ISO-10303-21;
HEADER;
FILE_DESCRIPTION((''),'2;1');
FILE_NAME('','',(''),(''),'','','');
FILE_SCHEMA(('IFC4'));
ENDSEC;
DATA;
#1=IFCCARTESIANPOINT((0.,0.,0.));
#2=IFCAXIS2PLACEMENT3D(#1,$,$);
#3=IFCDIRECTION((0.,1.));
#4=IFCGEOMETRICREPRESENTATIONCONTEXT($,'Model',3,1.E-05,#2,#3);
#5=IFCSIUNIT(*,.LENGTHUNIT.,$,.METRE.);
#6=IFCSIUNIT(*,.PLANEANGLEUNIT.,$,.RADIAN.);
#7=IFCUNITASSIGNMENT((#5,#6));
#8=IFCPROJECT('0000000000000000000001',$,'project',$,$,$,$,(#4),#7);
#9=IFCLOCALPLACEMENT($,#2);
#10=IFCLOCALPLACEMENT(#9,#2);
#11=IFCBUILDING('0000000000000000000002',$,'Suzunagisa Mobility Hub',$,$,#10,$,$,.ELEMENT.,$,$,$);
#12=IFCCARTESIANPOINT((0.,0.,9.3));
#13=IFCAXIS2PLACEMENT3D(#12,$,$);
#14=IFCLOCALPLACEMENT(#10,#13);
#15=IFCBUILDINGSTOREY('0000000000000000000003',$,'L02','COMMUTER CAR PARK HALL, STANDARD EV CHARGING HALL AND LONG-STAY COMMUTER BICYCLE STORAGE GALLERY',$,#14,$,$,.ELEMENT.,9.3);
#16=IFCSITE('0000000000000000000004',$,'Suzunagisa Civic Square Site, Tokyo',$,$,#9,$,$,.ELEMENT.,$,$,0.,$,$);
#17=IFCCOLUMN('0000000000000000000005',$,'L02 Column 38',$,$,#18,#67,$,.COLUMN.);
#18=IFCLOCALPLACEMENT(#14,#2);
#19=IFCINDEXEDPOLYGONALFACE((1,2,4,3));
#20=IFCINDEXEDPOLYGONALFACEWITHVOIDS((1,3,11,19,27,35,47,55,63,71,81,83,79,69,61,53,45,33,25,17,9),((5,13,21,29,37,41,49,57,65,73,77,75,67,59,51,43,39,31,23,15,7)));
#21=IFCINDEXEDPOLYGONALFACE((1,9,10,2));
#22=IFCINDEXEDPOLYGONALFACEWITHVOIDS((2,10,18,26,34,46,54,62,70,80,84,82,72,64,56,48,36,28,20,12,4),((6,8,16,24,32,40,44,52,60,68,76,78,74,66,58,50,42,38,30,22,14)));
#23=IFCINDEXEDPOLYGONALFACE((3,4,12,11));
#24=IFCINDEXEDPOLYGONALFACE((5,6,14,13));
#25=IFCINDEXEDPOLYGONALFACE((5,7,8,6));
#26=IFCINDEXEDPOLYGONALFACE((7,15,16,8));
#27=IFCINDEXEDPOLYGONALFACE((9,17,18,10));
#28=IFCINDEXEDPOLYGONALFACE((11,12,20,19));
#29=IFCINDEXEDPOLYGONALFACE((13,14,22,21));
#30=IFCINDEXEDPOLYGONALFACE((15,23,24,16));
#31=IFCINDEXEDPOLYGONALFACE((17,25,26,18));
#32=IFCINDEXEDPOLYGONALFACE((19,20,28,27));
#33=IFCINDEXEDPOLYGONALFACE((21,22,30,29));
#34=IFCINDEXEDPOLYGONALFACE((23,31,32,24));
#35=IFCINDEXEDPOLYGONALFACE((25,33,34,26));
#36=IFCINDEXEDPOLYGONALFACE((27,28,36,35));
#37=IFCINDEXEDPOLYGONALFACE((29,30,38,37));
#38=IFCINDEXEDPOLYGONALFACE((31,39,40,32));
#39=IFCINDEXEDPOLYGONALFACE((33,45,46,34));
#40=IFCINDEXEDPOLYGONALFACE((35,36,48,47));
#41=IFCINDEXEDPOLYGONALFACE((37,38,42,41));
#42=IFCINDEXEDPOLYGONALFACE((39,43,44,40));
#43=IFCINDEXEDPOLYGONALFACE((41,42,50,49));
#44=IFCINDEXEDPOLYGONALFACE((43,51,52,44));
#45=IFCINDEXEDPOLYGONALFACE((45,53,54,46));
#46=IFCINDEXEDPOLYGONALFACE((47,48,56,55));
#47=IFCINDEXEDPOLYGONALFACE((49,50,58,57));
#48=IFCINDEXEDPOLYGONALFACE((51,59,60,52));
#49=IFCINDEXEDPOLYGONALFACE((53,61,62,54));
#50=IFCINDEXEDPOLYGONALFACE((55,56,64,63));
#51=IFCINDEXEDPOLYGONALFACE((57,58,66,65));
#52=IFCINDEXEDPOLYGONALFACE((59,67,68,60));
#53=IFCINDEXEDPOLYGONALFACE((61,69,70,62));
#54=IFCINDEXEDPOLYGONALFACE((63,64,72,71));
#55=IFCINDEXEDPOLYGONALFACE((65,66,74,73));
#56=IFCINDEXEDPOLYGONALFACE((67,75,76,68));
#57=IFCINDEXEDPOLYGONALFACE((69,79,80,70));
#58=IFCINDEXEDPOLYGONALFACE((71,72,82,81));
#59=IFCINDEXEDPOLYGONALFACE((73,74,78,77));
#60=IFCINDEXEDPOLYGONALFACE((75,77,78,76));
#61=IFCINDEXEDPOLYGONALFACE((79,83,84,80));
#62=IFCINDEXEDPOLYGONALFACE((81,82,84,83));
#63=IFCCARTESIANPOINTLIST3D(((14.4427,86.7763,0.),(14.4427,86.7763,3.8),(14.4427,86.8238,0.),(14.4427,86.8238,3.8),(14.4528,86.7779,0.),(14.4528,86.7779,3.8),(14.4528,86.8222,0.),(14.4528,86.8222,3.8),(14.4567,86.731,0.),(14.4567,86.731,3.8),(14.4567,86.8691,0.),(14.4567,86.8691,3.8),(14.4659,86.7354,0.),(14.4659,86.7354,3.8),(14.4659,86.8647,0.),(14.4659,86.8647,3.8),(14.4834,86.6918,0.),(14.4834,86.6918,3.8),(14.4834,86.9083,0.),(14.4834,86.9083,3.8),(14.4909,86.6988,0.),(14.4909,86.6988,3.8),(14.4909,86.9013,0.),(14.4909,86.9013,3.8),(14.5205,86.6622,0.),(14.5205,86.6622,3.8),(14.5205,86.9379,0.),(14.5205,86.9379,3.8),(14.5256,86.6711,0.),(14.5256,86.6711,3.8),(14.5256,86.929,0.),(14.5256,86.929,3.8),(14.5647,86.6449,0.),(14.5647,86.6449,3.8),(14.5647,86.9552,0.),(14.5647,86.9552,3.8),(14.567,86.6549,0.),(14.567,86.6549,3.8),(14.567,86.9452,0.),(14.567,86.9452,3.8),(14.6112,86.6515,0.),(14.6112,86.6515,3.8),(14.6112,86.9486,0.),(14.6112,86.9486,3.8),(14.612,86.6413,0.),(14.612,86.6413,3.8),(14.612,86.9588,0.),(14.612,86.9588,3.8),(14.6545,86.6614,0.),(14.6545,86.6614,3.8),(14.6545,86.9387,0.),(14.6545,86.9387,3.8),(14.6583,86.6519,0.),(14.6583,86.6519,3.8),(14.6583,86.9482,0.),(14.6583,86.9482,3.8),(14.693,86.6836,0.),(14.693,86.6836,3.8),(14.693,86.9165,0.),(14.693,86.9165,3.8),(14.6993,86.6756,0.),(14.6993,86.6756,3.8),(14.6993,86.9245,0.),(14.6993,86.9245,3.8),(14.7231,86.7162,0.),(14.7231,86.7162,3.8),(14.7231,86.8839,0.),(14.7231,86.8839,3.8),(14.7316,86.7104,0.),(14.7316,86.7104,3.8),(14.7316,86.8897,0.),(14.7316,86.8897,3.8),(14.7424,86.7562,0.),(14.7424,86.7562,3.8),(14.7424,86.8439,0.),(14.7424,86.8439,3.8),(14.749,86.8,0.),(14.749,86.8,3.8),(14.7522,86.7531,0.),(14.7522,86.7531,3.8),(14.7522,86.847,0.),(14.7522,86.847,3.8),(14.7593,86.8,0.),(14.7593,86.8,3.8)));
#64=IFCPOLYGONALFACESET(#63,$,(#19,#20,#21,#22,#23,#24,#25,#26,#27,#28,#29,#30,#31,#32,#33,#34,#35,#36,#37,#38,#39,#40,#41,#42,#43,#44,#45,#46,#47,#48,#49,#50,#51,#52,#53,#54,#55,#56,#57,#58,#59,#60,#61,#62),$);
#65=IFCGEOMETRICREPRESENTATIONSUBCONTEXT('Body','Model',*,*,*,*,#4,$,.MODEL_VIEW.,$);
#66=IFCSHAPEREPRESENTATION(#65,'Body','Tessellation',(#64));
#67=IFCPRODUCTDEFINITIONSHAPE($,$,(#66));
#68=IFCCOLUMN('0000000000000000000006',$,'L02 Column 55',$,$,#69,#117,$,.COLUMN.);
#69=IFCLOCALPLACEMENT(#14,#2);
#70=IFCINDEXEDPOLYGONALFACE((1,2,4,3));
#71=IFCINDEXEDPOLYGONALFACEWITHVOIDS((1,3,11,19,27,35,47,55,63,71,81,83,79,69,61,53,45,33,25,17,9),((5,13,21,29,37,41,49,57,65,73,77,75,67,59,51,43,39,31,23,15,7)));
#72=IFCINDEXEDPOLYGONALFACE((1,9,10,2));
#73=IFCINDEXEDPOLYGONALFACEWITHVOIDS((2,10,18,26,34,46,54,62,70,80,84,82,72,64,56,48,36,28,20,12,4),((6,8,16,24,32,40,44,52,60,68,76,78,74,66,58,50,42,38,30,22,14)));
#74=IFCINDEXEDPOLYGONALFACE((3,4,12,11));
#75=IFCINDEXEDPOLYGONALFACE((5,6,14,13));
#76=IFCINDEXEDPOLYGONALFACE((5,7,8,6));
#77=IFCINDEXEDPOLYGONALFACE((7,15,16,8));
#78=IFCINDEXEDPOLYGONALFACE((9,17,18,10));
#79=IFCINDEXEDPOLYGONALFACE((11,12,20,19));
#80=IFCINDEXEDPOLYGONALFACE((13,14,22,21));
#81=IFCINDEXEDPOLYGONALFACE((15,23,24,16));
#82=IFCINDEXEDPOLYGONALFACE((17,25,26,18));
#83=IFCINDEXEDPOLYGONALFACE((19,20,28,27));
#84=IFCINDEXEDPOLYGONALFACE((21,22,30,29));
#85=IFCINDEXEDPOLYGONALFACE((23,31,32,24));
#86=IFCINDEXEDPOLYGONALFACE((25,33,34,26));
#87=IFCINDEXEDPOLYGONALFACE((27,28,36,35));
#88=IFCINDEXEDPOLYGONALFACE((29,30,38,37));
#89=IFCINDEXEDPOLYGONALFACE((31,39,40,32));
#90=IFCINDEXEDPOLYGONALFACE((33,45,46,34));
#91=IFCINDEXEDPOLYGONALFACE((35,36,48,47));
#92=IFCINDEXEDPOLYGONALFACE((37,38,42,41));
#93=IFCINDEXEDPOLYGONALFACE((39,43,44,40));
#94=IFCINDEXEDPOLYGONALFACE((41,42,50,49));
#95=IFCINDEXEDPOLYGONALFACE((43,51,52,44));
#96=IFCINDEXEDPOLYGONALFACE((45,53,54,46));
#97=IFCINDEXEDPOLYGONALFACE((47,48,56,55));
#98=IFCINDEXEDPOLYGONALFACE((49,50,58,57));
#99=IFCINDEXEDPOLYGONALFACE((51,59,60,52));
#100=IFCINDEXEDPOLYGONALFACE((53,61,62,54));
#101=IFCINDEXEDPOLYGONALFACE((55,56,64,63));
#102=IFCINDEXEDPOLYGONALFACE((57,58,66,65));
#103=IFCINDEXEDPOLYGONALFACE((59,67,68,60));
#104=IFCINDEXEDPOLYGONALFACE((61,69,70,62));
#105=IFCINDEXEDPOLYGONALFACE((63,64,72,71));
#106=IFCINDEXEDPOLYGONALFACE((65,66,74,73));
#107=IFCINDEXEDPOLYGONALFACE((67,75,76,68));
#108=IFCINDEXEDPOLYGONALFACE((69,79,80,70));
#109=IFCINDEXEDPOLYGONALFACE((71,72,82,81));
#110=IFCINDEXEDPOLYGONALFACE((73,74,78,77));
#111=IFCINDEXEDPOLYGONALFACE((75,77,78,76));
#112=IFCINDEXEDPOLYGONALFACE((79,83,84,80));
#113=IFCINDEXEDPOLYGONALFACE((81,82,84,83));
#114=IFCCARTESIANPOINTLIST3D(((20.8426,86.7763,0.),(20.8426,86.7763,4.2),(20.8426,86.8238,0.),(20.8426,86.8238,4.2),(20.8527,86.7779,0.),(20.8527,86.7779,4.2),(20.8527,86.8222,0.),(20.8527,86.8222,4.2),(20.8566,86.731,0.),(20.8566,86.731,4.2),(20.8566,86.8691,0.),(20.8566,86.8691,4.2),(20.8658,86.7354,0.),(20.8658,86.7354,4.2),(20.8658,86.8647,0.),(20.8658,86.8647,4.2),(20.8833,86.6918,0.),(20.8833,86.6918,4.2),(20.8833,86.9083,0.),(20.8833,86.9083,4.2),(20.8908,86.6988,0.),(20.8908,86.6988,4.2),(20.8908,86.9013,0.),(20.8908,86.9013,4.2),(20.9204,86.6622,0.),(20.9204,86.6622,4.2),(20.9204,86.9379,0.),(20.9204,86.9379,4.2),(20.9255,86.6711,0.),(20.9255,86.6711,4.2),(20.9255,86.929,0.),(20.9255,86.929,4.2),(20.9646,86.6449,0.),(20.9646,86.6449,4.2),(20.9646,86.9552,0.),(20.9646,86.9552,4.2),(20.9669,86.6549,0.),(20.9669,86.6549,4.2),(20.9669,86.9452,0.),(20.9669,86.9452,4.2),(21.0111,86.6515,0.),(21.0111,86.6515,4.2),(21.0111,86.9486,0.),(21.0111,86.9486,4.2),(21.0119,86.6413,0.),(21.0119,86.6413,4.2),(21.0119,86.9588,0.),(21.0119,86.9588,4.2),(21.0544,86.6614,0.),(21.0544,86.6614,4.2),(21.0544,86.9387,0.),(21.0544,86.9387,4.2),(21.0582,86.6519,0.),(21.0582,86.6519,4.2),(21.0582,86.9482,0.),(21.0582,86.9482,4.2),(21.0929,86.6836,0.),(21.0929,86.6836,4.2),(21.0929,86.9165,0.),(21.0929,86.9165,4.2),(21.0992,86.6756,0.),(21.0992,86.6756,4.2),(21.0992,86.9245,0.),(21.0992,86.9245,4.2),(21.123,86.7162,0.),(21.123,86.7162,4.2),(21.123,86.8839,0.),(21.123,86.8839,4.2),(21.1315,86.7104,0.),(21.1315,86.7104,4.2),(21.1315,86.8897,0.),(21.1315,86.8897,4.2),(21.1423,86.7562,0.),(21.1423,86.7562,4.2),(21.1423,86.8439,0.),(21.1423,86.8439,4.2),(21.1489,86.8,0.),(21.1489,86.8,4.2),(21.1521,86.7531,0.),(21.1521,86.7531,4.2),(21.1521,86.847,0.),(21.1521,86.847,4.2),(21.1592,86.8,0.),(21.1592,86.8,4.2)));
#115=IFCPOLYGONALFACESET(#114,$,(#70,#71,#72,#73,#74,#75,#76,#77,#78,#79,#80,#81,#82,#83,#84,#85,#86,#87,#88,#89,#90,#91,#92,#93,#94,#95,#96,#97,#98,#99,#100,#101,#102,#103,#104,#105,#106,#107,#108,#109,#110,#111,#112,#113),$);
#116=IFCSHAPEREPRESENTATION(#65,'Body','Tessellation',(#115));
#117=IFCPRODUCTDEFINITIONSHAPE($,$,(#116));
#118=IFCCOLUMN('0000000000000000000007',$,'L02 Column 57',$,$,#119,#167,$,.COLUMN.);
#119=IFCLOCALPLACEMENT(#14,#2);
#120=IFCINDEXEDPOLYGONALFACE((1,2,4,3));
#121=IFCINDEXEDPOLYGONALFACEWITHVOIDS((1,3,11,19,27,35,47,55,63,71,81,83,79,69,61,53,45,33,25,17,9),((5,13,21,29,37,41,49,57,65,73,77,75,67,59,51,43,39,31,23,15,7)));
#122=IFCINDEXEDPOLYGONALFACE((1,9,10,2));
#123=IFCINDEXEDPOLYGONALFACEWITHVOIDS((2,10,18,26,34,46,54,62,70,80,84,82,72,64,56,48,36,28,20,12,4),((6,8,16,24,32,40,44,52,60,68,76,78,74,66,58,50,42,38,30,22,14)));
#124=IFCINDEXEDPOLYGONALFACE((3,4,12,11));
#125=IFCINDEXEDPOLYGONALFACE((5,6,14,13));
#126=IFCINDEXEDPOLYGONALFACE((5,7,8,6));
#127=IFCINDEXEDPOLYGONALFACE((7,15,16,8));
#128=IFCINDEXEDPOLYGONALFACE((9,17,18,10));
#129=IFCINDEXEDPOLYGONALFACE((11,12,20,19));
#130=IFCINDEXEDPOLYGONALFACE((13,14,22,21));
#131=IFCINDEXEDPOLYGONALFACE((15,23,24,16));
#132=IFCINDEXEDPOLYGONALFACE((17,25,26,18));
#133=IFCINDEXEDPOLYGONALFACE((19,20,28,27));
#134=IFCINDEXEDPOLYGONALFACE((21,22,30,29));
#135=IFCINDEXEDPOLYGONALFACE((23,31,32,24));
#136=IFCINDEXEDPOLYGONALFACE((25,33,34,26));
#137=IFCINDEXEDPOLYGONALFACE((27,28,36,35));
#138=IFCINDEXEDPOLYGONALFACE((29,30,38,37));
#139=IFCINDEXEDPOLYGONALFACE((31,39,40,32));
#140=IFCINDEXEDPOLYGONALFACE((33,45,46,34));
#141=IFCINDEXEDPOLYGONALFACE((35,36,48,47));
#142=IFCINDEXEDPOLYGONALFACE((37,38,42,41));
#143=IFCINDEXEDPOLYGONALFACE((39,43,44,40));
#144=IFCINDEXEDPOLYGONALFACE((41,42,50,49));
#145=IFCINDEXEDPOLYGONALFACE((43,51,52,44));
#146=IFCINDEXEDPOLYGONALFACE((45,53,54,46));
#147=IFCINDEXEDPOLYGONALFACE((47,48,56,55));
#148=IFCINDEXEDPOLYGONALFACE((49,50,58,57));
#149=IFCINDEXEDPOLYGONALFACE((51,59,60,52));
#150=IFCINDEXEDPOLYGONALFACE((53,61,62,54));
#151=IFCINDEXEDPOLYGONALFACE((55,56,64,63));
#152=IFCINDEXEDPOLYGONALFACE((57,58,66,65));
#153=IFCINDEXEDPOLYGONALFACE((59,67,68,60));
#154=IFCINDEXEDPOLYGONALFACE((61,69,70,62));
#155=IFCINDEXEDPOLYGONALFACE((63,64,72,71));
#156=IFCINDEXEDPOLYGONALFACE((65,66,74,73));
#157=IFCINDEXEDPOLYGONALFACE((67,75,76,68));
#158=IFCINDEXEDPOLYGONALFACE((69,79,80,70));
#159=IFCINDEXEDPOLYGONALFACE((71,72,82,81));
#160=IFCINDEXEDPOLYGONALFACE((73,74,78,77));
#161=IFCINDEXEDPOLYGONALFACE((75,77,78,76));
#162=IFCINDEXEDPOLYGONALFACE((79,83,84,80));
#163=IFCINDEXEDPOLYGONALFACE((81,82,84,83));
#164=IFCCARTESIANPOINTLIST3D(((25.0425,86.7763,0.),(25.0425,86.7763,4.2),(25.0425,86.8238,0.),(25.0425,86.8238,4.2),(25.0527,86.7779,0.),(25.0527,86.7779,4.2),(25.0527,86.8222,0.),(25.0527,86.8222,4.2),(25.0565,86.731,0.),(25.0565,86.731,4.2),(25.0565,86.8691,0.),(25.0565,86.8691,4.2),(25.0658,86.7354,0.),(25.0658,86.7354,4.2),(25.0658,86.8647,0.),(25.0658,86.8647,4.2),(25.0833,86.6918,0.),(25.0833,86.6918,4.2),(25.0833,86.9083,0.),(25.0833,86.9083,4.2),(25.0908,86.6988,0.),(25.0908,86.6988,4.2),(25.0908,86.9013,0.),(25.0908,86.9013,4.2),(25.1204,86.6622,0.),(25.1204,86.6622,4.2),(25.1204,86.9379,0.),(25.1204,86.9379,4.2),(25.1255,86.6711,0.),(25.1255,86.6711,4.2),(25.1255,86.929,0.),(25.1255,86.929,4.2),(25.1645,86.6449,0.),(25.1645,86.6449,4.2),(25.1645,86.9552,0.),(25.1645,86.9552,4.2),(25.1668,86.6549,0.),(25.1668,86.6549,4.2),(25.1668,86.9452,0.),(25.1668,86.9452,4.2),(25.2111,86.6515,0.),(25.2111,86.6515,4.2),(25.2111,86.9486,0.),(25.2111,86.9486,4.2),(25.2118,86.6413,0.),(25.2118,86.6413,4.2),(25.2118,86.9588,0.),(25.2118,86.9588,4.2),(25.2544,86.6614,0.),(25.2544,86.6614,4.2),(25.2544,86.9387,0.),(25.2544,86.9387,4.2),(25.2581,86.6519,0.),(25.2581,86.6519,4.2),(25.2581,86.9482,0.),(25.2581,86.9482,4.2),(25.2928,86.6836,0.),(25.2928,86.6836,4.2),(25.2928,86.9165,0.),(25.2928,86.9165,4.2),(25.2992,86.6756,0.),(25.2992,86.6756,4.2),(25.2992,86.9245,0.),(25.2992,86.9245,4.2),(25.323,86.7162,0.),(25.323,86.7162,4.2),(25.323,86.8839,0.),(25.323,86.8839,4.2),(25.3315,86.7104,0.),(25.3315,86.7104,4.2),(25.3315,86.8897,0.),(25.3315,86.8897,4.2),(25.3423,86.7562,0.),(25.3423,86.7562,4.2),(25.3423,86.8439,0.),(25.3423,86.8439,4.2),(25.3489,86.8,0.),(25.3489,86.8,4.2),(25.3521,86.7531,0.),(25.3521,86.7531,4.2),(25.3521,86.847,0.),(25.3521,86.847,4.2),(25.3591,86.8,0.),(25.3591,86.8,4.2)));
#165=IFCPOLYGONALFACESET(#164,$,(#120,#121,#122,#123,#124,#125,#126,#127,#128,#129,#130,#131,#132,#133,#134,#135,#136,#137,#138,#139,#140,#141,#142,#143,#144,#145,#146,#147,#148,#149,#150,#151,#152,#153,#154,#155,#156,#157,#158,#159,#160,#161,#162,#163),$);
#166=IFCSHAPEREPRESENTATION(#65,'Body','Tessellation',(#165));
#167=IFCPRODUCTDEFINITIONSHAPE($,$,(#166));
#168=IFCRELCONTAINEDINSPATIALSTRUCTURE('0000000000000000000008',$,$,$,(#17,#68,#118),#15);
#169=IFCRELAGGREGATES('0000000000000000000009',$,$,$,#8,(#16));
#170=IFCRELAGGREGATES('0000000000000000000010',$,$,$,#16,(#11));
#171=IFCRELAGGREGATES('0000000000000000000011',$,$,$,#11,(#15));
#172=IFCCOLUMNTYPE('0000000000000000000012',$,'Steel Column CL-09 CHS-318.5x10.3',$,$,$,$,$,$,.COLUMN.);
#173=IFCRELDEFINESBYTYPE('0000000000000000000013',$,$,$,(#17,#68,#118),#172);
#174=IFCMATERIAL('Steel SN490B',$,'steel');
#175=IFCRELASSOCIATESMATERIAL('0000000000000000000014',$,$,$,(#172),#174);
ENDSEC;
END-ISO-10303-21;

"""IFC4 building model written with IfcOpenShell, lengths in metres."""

from ifc_helpers import new_model, si_unit, direction, frame, origin, origin_2d, place, context, subcontext, project, spatial, hollow_circle, extrude, material, material_profile, profile_set, type_object, element, save


model = new_model("IFC4")

# Units and contexts
model_context = context("Model", 3, precision=1e-05, world=origin(), true_north=direction((0.0, 1.0)))
body_context = subcontext(model_context, "Body", "Model", "MODEL_VIEW")
ifc_project = project(units=[si_unit("LENGTHUNIT", "METRE"), si_unit("PLANEANGLEUNIT", "RADIAN")], contexts=[model_context])

# Site, building, storey
site_placement = place(None, origin())
site = spatial("IfcSite", under=ifc_project, at=site_placement, Name="Suzunagisa Civic Square Site, Tokyo", CompositionType="ELEMENT", RefElevation=0.0)
building_placement = place(site_placement, origin())
building = spatial("IfcBuilding", under=site, at=building_placement, Name="Suzunagisa Mobility Hub", CompositionType="ELEMENT")
storey_placement = place(building_placement, frame((0.0, 0.0, 9.3)))
storey = spatial("IfcBuildingStorey", under=building, at=storey_placement, Name="L02", Description="COMMUTER CAR PARK HALL, STANDARD EV CHARGING HALL AND LONG-STAY COMMUTER BICYCLE STORAGE GALLERY", CompositionType="ELEMENT", Elevation=9.3)

# Columns
ifc_material_1 = material(Name="Steel SN490B", Category="steel")
ifc_material_profile_1 = material_profile(ifc_material_1, hollow_circle(Radius=0.1592, WallThickness=0.0103, at=origin_2d()), Name="CHS-318.5x10.3")
ifc_profile_set_1 = profile_set([ifc_material_profile_1], Name="Steel SN490B")
column_type_1 = type_object("IfcColumnType", Name="Steel Column CL-09 CHS-318.5x10.3", PredefinedType="COLUMN", material=ifc_profile_set_1)
column_placement = place(storey_placement, frame((14.6001, 86.8, 0.0), z_axis=(0.0, 0.0, 1.0), x_axis=(1.0, 0.0, 0.0)))
element("IfcColumn", 1, at=column_placement, inside=storey, type_object=column_type_1, Name="L02 Column 38", PredefinedType="COLUMN", context=body_context, shape_type="SweptSolid", body=[
    extrude(hollow_circle(Radius=0.1592, WallThickness=0.0103, at=origin_2d()), origin(), (0.0, 0.0, 1.0), 3.8),
])
for number, where, z_axis, x_axis, name in (
    (2, (21.0, 86.8, 0.0), (0.0, 0.0, 1.0), (1.0, 0.0, 0.0), "L02 Column 55"),
    (3, (25.2, 86.8, 0.0), (0.0, 0.0, 1.0), (1.0, 0.0, 0.0), "L02 Column 57"),
):
    element("IfcColumn", number, at=place(storey_placement, frame(where, z_axis=z_axis, x_axis=x_axis)), inside=storey, type_object=column_type_1, Name=name, PredefinedType="COLUMN", context=body_context, shape_type="SweptSolid", body=[
        extrude(hollow_circle(Radius=0.1592, WallThickness=0.0103, at=origin_2d()), origin(), (0.0, 0.0, 1.0), 4.2),
    ])

save(model, "model.ifc")
